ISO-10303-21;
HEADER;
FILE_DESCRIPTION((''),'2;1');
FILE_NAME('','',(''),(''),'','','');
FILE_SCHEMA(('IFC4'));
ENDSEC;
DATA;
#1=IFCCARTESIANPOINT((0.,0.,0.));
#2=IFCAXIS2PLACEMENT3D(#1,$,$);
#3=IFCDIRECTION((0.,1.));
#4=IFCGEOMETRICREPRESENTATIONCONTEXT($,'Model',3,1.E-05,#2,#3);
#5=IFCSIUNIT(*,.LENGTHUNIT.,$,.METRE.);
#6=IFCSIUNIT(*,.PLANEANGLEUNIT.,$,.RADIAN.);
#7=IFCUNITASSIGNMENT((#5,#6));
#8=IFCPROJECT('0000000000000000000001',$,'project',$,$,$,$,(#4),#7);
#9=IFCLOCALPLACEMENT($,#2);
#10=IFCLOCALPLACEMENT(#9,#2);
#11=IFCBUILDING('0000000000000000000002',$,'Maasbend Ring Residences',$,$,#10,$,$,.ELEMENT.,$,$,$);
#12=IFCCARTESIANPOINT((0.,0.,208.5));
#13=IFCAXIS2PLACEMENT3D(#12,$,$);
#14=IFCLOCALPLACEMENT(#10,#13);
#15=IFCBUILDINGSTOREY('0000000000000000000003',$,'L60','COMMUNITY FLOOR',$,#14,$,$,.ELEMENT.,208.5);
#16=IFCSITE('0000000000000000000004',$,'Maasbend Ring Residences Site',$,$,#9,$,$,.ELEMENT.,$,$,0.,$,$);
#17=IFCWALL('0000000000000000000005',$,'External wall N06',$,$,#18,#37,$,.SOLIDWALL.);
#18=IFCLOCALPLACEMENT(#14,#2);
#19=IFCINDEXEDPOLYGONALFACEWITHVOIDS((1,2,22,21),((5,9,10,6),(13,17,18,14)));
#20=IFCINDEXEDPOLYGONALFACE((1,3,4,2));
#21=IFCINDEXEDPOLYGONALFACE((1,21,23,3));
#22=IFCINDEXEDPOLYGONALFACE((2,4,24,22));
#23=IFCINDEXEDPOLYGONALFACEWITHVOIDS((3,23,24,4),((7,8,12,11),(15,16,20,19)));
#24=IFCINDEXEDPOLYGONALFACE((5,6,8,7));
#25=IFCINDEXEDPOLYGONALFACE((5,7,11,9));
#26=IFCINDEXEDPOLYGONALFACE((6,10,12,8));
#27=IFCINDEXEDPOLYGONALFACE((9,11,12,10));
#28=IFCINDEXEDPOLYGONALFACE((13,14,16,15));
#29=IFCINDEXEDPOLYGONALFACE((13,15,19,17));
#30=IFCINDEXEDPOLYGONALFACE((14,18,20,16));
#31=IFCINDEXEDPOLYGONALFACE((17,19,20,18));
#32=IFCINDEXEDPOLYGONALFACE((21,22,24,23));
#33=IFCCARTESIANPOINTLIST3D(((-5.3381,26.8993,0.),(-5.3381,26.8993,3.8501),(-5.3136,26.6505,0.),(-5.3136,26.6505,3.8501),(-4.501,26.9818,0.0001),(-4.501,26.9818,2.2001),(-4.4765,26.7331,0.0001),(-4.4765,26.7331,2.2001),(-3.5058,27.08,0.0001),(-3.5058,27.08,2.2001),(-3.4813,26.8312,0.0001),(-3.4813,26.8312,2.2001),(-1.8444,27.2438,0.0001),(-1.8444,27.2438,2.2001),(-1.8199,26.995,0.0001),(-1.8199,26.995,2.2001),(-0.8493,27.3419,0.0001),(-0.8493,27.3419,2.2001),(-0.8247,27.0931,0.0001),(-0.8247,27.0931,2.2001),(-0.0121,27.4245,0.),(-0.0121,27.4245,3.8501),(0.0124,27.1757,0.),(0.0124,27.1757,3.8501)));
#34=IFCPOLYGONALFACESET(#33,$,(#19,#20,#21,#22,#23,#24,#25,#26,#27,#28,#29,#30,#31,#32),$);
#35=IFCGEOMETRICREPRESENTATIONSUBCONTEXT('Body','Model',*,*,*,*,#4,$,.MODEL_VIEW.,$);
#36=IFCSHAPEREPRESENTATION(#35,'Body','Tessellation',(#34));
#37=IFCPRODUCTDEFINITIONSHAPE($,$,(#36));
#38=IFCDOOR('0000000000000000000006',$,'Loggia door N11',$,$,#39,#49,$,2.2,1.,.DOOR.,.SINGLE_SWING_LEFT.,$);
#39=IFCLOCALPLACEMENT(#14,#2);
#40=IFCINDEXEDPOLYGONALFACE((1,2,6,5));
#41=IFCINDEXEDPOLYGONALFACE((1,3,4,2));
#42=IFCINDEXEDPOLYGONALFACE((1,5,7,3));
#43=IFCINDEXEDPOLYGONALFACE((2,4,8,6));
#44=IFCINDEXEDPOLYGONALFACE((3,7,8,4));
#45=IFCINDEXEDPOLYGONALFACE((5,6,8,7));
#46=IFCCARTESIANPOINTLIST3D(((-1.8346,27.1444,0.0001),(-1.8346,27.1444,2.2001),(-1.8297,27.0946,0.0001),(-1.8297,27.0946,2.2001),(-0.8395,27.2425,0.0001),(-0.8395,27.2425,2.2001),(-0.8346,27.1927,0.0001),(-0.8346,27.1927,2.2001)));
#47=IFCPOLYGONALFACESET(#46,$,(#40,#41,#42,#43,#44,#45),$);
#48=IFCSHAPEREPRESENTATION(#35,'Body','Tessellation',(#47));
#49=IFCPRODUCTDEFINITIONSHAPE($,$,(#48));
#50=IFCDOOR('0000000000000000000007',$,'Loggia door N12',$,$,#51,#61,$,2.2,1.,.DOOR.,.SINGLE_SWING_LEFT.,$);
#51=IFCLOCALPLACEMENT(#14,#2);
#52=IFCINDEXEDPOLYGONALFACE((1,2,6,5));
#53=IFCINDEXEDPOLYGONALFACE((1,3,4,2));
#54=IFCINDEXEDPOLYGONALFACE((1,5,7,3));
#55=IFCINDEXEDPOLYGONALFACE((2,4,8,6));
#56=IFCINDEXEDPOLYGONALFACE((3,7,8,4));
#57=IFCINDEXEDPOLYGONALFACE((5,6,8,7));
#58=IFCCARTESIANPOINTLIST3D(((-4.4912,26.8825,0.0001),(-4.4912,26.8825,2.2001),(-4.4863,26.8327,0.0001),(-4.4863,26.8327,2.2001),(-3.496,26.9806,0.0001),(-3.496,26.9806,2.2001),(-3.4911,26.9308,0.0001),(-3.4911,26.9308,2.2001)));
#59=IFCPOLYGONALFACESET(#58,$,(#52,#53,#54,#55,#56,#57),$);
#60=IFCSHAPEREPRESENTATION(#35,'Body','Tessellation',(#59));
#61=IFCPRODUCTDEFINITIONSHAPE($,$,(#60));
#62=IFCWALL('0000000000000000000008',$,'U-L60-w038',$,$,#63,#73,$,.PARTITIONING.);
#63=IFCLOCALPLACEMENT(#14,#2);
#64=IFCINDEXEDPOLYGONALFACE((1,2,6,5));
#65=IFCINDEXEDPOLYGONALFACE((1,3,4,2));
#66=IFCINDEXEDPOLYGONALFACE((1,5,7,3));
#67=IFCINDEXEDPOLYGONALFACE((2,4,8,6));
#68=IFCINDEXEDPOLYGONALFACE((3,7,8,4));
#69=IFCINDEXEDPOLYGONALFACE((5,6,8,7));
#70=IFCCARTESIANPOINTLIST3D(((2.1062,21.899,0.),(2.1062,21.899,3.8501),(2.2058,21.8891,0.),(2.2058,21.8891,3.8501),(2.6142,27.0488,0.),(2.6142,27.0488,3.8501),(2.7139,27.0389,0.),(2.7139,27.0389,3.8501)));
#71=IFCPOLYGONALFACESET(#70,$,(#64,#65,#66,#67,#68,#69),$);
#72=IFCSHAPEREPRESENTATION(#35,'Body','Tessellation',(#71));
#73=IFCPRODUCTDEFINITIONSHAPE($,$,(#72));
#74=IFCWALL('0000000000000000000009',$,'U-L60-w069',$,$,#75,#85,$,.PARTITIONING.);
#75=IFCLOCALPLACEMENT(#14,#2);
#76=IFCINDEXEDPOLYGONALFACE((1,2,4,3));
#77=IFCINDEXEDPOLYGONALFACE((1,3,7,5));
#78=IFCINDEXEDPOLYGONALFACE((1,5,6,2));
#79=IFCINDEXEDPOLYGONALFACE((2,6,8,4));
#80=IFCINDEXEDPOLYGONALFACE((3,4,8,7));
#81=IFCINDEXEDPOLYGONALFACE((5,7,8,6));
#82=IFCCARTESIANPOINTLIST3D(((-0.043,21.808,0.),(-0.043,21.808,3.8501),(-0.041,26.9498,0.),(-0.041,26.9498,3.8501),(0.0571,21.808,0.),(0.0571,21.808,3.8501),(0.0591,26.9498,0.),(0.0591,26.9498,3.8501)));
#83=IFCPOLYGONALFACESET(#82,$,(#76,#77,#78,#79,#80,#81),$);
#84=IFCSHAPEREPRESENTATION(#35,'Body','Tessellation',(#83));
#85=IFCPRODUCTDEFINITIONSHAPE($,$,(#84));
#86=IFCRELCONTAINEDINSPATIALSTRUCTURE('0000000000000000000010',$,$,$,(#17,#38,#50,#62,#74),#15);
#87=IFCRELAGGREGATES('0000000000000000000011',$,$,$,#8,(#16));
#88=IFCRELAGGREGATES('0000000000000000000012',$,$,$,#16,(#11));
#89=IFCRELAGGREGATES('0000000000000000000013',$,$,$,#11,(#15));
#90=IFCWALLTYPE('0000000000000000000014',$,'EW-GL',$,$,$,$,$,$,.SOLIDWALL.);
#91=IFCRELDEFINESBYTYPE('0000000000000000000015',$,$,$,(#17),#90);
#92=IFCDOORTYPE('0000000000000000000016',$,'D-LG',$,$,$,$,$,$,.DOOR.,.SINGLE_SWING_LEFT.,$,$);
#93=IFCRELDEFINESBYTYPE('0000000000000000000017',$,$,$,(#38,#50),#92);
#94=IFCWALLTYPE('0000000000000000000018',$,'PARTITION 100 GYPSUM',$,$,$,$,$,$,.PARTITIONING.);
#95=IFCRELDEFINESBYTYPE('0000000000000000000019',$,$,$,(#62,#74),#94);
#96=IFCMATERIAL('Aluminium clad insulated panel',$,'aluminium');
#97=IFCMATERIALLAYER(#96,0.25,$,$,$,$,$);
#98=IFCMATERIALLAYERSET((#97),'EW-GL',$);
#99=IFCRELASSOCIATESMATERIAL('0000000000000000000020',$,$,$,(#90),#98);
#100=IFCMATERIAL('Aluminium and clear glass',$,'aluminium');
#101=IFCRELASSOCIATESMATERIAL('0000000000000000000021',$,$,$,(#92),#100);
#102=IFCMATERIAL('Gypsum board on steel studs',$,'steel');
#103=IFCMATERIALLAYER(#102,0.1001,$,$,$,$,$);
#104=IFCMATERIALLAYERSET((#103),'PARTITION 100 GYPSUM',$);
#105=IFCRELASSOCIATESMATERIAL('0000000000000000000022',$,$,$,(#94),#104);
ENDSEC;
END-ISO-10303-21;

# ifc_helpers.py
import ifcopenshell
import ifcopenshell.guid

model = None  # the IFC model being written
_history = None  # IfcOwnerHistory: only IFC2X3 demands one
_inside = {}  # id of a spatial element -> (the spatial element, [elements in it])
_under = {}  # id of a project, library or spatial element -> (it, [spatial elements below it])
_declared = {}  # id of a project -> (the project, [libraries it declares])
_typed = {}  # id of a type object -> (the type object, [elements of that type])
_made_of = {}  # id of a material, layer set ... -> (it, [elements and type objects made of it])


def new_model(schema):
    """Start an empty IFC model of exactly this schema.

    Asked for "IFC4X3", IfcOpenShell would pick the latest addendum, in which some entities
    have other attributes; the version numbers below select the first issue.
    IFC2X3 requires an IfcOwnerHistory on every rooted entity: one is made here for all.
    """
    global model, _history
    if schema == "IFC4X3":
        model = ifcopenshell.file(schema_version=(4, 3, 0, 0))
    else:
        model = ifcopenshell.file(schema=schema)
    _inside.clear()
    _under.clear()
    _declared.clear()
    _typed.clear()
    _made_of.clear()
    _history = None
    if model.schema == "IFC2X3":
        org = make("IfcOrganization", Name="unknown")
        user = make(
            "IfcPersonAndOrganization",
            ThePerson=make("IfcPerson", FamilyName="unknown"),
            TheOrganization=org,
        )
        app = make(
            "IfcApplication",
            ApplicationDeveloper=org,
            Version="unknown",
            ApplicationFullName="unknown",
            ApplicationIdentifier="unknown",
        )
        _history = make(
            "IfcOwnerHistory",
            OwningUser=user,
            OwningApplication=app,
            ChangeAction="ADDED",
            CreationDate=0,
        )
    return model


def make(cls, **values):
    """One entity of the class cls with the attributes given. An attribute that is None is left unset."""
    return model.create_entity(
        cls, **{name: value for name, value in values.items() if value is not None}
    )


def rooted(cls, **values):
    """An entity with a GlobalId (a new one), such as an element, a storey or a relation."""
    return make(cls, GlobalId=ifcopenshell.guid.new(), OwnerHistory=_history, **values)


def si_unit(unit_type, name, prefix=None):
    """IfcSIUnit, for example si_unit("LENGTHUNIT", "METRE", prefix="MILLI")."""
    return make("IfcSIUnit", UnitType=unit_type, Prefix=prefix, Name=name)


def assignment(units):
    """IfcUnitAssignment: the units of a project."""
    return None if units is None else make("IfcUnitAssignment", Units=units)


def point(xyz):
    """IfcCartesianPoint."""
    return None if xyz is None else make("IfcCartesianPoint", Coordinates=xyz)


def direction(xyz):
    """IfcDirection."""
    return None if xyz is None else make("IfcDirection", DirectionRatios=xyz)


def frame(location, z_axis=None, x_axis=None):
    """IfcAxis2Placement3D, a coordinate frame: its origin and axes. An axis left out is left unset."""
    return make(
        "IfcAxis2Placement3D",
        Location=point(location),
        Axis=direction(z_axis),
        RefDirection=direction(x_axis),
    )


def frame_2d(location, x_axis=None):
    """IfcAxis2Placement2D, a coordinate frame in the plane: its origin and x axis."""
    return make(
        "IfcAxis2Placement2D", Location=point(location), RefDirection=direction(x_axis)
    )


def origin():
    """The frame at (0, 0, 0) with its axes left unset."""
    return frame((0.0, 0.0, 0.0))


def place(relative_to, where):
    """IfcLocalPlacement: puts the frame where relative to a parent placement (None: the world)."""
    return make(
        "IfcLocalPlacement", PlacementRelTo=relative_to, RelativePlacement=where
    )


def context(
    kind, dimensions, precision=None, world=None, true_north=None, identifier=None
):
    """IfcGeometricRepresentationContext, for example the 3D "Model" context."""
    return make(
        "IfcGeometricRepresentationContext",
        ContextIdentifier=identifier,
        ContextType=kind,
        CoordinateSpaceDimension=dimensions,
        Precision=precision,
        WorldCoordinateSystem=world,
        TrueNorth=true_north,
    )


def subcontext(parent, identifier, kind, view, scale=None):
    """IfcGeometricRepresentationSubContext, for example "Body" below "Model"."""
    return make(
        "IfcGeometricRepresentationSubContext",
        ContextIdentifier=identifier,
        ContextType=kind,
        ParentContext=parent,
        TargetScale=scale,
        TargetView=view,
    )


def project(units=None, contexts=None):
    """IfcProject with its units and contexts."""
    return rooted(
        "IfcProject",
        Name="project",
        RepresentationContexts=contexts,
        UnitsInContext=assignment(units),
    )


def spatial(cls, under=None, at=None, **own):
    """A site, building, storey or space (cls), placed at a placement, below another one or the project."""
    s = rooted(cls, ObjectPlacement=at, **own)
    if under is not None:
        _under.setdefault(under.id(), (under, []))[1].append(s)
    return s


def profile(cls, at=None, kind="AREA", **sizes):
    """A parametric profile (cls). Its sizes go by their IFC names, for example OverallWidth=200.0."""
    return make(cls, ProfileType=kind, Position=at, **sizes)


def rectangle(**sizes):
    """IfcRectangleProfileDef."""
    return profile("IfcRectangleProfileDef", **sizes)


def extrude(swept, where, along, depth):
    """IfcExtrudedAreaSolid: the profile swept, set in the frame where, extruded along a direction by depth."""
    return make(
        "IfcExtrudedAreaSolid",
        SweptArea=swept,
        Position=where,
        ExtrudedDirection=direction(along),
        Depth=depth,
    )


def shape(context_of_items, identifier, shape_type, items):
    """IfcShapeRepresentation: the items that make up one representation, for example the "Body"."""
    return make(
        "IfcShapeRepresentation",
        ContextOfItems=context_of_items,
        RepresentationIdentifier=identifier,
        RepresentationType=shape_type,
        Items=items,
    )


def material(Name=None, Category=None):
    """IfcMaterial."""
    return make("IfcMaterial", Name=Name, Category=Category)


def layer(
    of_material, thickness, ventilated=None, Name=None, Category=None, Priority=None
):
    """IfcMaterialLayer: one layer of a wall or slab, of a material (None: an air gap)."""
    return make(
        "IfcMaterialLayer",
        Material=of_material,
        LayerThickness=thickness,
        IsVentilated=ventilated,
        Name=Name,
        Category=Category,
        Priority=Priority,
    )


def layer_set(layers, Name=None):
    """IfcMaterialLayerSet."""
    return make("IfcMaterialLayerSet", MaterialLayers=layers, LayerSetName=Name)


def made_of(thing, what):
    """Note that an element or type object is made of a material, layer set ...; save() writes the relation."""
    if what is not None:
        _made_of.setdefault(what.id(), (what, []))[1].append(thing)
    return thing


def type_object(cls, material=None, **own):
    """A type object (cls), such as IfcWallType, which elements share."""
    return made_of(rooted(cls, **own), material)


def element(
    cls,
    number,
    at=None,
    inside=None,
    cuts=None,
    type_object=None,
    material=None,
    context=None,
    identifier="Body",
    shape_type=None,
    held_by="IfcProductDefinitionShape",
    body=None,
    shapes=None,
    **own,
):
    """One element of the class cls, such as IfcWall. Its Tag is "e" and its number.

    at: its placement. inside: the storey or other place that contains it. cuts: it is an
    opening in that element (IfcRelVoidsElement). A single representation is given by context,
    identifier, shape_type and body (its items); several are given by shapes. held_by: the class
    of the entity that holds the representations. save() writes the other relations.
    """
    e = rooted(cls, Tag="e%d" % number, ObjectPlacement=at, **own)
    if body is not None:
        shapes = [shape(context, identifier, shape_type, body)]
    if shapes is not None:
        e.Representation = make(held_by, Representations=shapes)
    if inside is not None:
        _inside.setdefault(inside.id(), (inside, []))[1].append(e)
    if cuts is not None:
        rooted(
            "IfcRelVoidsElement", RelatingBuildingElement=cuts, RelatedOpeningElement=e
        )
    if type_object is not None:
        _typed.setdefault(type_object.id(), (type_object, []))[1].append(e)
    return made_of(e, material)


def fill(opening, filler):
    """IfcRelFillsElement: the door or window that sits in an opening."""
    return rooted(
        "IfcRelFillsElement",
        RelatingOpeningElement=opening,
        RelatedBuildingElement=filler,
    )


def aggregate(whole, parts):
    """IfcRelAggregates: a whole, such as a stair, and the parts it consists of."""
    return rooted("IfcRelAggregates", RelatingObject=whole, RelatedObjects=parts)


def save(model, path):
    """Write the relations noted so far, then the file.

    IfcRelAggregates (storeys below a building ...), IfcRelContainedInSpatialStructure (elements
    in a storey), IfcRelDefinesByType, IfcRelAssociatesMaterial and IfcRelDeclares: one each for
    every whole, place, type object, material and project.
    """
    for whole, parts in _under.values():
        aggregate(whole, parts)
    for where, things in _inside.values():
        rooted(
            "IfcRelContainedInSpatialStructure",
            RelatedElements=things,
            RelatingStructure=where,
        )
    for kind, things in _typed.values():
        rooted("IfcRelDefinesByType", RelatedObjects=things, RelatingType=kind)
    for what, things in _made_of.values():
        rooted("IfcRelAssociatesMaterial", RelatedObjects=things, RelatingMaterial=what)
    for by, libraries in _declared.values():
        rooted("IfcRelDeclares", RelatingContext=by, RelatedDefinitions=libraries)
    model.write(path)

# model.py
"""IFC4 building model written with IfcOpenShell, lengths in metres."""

from ifc_helpers import new_model, si_unit, direction, frame, frame_2d, origin, place, context, subcontext, project, spatial, rectangle, extrude, material, layer, layer_set, type_object, element, fill, save


model = new_model("IFC4")

# Units and contexts
model_context = context("Model", 3, precision=1e-05, world=origin(), true_north=direction((0.0, 1.0)))
body_context = subcontext(model_context, "Body", "Model", "MODEL_VIEW")
ifc_project = project(units=[si_unit("LENGTHUNIT", "METRE"), si_unit("PLANEANGLEUNIT", "RADIAN")], contexts=[model_context])

# Site, building, storey
site_placement = place(None, origin())
site = spatial("IfcSite", under=ifc_project, at=site_placement, Name="Maasbend Ring Residences Site", CompositionType="ELEMENT", RefElevation=0.0)
building_placement = place(site_placement, origin())
building = spatial("IfcBuilding", under=site, at=building_placement, Name="Maasbend Ring Residences", CompositionType="ELEMENT")
storey_placement = place(building_placement, frame((0.0, 0.0, 208.5)))
storey = spatial("IfcBuildingStorey", under=building, at=storey_placement, Name="L60", Description="COMMUNITY FLOOR", CompositionType="ELEMENT", Elevation=208.5)

# Wall, openings, doors
ifc_material_1 = material(Name="Aluminium clad insulated panel", Category="aluminium")
ifc_layer_1 = layer(ifc_material_1, 0.25)
ifc_layer_set_1 = layer_set([ifc_layer_1], Name="EW-GL")
wall_type_1 = type_object("IfcWallType", Name="EW-GL", PredefinedType="SOLIDWALL", material=ifc_layer_set_1)
ifc_material_2 = material(Name="Aluminium and clear glass", Category="aluminium")
door_type_1 = type_object("IfcDoorType", Name="D-LG", OperationType="SINGLE_SWING_LEFT", PredefinedType="DOOR", material=ifc_material_2)
wall_1_placement = place(storey_placement, frame((0.0, 27.3, 0.0), z_axis=(0.0, 0.0, 1.0), x_axis=(-0.995174, -0.098126, 0.0)))
wall_1 = element("IfcWall", 1, at=wall_1_placement, inside=storey, type_object=wall_type_1, Name="External wall N06", PredefinedType="SOLIDWALL", context=body_context, shape_type="SweptSolid", body=[
    extrude(rectangle(XDim=5.3518, YDim=0.25, at=frame_2d((2.6758, 0.0))), origin(), (0.0, 0.0, 1.0), 3.8501),
])
opening_1_placement = place(wall_1_placement, frame((0.8411, 0.0, 0.0)))
opening_1 = element("IfcOpeningElement", 2, at=opening_1_placement, cuts=wall_1, PredefinedType="OPENING", context=body_context, shape_type="SweptSolid", body=[
    extrude(rectangle(XDim=1.0, YDim=2.2, at=frame_2d((0.5, 1.1001))), frame((0.0, 0.135, 0.0), z_axis=(0.0, -1.0, 0.0), x_axis=(1.0, 0.0, 0.0)), (0.0, 0.0, 1.0), 0.27),
])
opening_2_placement = place(wall_1_placement, frame((3.5105, 0.0, 0.0)))
opening_2 = element("IfcOpeningElement", 3, at=opening_2_placement, cuts=wall_1, PredefinedType="OPENING", context=body_context, shape_type="SweptSolid", body=[
    extrude(rectangle(XDim=1.0, YDim=2.2, at=frame_2d((0.5, 1.1001))), frame((0.0, 0.135, 0.0), z_axis=(0.0, -1.0, 0.0), x_axis=(1.0, 0.0, 0.0)), (0.0, 0.0, 1.0), 0.27),
])
door_1_placement = place(opening_1_placement, origin())
door_1 = element("IfcDoor", 4, at=door_1_placement, inside=storey, type_object=door_type_1, Name="Loggia door N11", OperationType="SINGLE_SWING_LEFT", OverallHeight=2.2, OverallWidth=1.0, PredefinedType="DOOR", context=body_context, shape_type="SweptSolid", body=[
    extrude(rectangle(XDim=1.0, YDim=2.2, at=frame_2d((0.5, 1.1001))), frame((0.0, 0.0249, 0.0), z_axis=(0.0, -1.0, 0.0), x_axis=(1.0, 0.0, 0.0)), (0.0, 0.0, 1.0), 0.05),
])
fill(opening_1, door_1)
door_2_placement = place(opening_2_placement, origin())
door_2 = element("IfcDoor", 5, at=door_2_placement, inside=storey, type_object=door_type_1, Name="Loggia door N12", OperationType="SINGLE_SWING_LEFT", OverallHeight=2.2, OverallWidth=1.0, PredefinedType="DOOR", context=body_context, shape_type="SweptSolid", body=[
    extrude(rectangle(XDim=1.0, YDim=2.2, at=frame_2d((0.5, 1.1001))), frame((0.0, 0.0249, 0.0), z_axis=(0.0, -1.0, 0.0), x_axis=(1.0, 0.0, 0.0)), (0.0, 0.0, 1.0), 0.05),
])
fill(opening_2, door_2)

# Walls
ifc_material_3 = material(Name="Gypsum board on steel studs", Category="steel")
ifc_layer_2 = layer(ifc_material_3, 0.1001)
ifc_layer_set_2 = layer_set([ifc_layer_2], Name="PARTITION 100 GYPSUM")
wall_type_2 = type_object("IfcWallType", Name="PARTITION 100 GYPSUM", PredefinedType="PARTITIONING", material=ifc_layer_set_2)
wall_2_placement = place(storey_placement, frame((2.156, 21.894, 0.0), z_axis=(0.0, 0.0, 1.0), x_axis=(0.098177, 0.995169, 0.0)))
element("IfcWall", 6, at=wall_2_placement, inside=storey, type_object=wall_type_2, Name="U-L60-w038", PredefinedType="PARTITIONING", context=body_context, shape_type="SweptSolid", body=[
    extrude(rectangle(XDim=5.1748, YDim=0.1001, at=frame_2d((2.5874, 0.0))), origin(), (0.0, 0.0, 1.0), 3.8501),
])
wall_3_placement = place(storey_placement, frame((0.0071, 21.8081, 0.0), z_axis=(0.0, 0.0, 1.0), x_axis=(0.00038, 1.0, 0.0)))
element("IfcWall", 7, at=wall_3_placement, inside=storey, type_object=wall_type_2, Name="U-L60-w069", PredefinedType="PARTITIONING", context=body_context, shape_type="SweptSolid", body=[
    extrude(rectangle(XDim=5.1418, YDim=0.1001, at=frame_2d((2.5708, 0.0))), origin(), (0.0, 0.0, 1.0), 3.8501),
])

save(model, "model.ifc")
